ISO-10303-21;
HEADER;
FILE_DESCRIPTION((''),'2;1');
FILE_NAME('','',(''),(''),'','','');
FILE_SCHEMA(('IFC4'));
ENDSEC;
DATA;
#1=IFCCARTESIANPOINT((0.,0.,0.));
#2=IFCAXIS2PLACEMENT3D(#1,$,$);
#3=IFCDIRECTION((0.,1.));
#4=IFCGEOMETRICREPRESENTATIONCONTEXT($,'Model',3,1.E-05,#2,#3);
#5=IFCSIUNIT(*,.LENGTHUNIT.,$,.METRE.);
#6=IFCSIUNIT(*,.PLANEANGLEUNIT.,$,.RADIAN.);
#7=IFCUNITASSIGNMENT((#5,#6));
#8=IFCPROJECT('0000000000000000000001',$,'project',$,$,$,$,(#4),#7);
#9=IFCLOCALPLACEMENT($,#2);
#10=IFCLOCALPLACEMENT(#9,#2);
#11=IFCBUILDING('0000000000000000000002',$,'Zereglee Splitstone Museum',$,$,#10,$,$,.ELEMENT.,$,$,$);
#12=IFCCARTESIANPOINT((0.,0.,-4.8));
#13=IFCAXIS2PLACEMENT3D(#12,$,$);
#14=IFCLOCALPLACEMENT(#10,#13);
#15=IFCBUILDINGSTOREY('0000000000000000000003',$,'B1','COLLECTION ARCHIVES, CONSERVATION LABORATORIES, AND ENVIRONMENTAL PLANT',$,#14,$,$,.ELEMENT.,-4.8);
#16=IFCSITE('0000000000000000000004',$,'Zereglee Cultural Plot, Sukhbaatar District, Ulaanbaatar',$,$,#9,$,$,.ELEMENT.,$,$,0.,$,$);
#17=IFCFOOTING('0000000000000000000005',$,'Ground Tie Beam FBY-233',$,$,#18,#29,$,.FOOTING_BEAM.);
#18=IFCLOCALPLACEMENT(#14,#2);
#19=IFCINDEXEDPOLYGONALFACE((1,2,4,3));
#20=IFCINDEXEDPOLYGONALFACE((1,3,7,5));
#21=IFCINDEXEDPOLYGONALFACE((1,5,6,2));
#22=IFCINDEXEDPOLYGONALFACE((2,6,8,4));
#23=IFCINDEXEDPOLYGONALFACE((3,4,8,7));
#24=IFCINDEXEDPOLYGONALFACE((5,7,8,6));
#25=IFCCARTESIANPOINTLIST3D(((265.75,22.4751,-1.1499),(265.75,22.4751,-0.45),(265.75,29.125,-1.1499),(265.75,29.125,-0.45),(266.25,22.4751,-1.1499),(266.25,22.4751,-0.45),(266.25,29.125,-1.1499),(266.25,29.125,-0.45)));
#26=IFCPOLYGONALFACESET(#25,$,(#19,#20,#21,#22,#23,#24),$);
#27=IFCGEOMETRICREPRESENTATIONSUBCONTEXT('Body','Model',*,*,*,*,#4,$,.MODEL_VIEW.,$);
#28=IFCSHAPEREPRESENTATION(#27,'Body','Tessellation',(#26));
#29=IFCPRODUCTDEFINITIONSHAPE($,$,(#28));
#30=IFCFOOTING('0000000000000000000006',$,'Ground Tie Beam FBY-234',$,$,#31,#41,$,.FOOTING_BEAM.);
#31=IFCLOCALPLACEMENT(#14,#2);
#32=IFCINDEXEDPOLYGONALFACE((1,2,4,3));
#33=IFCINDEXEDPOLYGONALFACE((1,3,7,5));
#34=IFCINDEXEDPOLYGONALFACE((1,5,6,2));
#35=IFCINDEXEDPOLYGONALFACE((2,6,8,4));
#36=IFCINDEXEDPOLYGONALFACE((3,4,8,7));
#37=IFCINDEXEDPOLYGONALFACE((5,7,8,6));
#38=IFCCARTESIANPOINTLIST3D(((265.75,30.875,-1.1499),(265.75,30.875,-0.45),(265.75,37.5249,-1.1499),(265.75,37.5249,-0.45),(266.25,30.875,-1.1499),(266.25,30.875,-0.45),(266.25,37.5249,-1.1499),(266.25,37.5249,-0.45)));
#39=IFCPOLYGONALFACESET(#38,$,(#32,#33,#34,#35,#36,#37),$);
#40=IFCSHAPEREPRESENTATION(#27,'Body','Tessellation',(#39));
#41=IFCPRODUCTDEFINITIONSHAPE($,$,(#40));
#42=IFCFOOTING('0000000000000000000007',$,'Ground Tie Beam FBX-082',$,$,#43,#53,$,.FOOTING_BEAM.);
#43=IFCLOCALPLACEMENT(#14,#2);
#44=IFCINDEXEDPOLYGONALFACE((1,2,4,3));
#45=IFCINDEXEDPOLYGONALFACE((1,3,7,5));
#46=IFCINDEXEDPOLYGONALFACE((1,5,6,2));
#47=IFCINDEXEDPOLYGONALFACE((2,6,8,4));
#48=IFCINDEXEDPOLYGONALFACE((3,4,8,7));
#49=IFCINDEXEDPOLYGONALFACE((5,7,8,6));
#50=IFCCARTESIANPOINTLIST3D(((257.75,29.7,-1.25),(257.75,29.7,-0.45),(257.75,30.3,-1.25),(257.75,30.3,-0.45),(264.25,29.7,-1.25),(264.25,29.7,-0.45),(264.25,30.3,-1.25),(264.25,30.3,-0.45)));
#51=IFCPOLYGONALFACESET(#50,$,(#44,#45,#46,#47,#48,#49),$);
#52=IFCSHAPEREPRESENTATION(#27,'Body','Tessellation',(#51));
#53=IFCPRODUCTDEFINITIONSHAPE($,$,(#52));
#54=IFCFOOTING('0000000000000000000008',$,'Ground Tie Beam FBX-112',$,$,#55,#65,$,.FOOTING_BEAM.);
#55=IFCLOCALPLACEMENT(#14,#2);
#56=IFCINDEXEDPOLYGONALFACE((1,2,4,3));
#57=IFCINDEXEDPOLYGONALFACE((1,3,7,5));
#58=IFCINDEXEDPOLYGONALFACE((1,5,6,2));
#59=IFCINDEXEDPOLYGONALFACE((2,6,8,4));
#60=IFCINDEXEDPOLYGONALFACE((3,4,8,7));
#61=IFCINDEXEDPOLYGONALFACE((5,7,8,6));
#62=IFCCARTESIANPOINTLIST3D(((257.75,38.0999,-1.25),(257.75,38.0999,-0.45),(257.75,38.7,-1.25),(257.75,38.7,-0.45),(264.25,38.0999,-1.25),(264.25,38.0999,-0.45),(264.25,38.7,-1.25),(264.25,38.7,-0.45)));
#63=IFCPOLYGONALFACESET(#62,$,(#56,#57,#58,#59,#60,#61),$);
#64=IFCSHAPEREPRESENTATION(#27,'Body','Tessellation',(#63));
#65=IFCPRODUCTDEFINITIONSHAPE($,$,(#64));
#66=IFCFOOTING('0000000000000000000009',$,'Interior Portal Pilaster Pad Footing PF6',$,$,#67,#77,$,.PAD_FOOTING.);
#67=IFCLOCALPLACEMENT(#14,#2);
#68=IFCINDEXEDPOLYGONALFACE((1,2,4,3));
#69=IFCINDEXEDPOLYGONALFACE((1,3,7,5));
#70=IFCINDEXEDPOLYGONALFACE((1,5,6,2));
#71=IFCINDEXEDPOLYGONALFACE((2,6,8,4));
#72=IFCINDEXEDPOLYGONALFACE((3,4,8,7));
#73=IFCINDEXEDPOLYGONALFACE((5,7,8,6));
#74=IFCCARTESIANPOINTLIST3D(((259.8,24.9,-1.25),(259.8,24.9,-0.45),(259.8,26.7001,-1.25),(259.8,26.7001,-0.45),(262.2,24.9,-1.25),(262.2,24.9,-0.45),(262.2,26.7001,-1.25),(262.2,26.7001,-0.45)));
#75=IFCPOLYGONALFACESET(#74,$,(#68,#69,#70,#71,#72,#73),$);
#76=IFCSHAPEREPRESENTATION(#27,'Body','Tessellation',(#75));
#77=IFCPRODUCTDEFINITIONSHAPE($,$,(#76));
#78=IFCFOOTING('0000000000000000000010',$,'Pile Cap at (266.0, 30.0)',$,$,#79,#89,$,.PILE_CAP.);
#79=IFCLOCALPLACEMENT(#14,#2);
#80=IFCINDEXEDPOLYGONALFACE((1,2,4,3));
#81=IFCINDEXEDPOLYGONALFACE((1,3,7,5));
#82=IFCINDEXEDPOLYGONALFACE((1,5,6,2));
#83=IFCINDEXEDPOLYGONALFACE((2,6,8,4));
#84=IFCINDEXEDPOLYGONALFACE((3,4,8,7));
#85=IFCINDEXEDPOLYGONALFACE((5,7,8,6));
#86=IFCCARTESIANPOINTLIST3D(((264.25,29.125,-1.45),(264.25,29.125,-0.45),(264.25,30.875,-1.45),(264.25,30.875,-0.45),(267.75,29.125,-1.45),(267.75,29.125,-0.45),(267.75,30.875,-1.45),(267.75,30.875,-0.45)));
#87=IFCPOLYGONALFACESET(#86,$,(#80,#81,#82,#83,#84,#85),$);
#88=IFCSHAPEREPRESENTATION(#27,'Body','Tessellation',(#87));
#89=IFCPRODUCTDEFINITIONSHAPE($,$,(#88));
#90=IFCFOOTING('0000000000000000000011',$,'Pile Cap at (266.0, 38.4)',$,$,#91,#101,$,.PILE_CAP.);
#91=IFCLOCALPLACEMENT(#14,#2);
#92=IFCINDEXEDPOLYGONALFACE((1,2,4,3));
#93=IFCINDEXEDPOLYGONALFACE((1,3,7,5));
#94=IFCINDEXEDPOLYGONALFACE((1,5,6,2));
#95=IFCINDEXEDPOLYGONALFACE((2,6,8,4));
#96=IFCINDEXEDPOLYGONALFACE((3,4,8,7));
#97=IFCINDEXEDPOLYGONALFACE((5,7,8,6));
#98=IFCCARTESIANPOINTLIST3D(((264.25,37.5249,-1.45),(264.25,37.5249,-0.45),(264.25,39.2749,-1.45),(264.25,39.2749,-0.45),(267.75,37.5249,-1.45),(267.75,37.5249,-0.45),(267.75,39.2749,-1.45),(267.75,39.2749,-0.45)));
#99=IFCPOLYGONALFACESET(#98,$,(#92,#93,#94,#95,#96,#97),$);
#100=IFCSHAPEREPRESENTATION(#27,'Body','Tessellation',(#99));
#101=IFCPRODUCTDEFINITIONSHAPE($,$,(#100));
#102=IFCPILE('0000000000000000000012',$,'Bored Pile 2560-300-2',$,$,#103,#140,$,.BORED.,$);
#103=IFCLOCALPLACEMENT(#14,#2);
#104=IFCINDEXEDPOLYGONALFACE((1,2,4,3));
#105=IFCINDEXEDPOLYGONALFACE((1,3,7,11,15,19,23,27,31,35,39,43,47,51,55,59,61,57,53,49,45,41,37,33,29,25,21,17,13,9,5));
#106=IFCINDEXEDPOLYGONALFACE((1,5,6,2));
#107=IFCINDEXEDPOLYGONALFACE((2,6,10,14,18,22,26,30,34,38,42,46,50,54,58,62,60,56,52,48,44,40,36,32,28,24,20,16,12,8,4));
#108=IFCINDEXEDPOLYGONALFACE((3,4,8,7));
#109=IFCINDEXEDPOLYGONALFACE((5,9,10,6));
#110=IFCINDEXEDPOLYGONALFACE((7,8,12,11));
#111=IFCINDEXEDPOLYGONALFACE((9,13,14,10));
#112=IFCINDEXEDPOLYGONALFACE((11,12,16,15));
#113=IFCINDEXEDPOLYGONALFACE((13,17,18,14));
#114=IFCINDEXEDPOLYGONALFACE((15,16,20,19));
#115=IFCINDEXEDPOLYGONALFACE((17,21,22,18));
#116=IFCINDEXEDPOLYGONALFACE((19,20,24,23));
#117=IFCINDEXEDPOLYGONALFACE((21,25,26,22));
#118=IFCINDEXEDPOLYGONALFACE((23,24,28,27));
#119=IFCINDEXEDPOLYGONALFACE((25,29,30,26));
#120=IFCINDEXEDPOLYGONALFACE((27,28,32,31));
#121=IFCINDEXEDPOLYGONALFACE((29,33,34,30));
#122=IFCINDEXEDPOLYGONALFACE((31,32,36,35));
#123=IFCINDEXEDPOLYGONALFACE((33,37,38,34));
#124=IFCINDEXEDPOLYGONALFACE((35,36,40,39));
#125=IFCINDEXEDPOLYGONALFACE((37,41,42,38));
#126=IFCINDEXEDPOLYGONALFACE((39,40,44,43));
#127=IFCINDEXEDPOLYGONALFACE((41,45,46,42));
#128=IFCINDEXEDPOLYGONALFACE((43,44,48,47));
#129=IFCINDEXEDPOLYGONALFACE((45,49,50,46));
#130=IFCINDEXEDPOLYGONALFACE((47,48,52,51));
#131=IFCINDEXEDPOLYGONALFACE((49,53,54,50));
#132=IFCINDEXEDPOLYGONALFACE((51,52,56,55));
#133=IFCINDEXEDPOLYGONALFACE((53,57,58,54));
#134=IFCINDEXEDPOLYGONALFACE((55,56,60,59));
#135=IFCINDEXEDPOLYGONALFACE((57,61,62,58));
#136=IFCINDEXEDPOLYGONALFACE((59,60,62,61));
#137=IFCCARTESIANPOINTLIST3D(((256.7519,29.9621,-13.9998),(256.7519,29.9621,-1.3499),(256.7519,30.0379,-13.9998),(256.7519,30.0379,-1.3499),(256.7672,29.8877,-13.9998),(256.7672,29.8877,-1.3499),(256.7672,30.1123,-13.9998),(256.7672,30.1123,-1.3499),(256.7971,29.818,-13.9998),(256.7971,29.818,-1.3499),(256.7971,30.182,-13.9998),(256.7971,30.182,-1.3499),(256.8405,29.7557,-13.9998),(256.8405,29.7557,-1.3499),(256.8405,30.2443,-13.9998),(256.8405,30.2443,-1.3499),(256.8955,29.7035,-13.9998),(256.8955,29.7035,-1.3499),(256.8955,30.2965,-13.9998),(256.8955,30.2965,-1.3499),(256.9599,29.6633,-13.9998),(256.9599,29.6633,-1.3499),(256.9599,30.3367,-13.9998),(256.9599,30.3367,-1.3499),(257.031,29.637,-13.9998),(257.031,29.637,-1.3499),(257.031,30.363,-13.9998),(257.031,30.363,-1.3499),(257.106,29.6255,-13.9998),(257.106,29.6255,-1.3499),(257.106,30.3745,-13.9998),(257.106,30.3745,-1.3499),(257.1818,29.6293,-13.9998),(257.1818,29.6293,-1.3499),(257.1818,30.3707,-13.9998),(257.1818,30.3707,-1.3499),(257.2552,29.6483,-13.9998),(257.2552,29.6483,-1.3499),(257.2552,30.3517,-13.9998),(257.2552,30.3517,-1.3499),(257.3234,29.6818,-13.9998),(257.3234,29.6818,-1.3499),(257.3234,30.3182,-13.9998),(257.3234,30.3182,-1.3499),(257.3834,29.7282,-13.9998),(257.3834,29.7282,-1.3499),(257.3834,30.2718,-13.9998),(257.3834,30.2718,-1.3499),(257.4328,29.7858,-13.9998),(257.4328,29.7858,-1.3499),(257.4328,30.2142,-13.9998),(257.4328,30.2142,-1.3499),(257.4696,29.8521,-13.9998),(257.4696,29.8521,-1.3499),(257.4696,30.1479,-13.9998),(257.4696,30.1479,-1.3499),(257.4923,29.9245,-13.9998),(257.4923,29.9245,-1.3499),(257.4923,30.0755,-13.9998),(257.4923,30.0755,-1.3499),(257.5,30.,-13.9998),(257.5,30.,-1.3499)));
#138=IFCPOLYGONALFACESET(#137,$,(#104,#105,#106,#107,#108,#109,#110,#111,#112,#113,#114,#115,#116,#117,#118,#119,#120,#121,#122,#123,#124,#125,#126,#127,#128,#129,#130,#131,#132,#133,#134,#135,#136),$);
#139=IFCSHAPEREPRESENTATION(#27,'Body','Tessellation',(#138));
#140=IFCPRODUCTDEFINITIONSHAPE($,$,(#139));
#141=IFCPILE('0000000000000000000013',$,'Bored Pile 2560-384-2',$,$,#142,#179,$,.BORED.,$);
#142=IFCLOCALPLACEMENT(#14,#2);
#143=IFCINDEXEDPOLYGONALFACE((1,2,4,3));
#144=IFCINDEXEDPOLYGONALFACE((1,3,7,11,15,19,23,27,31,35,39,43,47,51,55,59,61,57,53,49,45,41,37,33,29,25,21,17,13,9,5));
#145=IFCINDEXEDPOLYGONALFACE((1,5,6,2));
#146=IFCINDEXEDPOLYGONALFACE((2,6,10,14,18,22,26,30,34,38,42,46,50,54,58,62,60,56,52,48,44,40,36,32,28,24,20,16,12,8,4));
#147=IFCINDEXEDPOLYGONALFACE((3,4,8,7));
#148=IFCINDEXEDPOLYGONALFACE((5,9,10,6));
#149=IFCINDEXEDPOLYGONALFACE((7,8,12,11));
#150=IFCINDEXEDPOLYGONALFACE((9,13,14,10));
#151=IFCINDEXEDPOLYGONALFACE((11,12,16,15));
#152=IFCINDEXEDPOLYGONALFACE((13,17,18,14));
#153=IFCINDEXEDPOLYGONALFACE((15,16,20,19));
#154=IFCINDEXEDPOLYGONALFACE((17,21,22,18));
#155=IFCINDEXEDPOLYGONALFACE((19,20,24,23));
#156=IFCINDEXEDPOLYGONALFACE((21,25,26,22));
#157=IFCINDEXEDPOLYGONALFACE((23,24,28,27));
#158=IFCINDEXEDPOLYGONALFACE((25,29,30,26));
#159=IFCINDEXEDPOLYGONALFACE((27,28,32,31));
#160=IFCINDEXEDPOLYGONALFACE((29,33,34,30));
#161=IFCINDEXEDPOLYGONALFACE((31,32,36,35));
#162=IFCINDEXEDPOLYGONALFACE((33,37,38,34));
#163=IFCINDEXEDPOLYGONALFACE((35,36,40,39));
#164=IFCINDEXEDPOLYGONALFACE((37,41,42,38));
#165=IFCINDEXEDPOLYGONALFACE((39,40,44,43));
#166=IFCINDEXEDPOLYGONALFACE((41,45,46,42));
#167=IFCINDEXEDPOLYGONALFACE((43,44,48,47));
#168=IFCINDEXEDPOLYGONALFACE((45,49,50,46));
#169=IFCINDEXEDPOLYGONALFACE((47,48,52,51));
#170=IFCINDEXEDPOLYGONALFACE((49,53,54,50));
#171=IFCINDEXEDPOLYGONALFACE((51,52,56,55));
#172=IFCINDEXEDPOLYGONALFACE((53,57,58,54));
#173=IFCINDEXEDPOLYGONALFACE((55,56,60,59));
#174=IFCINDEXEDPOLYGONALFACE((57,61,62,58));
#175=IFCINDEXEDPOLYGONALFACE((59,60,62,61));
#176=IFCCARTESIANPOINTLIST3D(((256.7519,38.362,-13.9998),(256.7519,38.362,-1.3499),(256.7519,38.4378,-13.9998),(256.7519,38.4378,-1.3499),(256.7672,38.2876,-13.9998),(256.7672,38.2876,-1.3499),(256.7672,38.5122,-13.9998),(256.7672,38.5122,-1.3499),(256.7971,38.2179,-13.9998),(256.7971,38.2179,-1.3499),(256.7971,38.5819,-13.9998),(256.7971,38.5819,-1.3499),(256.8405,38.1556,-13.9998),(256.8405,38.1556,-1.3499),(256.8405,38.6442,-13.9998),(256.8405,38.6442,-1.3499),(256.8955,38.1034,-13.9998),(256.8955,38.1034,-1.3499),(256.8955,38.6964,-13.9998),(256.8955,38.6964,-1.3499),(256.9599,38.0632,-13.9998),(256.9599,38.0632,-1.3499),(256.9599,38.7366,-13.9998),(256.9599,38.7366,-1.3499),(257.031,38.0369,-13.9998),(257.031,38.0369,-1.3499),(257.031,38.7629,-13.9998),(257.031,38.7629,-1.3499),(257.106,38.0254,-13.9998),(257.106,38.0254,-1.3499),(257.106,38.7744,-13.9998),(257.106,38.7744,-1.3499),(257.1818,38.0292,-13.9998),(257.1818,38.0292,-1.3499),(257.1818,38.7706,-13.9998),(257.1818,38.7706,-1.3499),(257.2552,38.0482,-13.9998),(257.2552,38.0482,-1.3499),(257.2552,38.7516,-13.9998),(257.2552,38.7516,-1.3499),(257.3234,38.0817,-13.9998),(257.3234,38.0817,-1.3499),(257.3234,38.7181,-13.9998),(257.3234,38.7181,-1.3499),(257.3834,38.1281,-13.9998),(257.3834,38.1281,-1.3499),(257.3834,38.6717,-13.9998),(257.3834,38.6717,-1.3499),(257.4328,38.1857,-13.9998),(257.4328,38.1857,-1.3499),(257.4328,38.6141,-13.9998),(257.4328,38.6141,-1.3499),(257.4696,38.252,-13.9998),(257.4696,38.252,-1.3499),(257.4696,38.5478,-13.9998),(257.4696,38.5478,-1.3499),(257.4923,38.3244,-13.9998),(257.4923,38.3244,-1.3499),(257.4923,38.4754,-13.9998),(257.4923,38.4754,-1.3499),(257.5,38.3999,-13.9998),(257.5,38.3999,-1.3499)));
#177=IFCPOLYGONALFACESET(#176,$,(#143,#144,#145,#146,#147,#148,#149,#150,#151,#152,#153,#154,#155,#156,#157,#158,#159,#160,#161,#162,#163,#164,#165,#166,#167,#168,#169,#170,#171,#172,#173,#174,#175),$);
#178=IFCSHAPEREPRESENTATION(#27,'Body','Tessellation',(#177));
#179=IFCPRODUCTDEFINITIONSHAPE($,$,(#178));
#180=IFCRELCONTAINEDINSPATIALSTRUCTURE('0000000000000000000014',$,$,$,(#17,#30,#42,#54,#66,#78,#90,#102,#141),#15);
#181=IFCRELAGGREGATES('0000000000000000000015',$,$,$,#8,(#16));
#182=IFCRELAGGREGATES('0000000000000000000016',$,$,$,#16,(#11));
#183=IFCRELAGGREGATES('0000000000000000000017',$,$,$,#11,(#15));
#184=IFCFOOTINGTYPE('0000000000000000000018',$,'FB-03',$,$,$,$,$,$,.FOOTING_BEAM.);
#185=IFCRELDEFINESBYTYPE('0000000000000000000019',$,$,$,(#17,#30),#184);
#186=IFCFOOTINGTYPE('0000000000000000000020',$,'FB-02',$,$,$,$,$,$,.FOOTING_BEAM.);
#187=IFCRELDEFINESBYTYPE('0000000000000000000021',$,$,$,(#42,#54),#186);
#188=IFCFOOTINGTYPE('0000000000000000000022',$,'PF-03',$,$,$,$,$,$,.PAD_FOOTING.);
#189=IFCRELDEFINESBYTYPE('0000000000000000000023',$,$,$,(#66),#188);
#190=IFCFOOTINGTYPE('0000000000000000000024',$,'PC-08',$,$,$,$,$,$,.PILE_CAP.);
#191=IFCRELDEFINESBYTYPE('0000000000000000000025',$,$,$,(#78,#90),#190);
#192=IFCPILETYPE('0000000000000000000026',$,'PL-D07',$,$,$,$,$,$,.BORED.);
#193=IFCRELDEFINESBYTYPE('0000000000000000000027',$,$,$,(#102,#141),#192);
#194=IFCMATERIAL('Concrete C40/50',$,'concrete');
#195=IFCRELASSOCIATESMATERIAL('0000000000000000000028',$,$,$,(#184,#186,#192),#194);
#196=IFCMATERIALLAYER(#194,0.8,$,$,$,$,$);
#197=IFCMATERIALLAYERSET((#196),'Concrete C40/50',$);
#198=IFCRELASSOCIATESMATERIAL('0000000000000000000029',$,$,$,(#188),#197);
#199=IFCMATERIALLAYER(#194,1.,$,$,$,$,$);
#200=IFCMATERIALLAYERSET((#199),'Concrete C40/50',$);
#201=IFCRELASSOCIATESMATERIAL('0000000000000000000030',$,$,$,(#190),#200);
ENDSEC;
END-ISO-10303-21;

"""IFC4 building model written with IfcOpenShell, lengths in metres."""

from ifc_helpers import new_model, si_unit, direction, frame, origin, origin_2d, place, context, subcontext, project, spatial, rectangle, circle, extrude, material, layer, layer_set, material_profile, profile_set, type_object, element, save


model = new_model("IFC4")

# Units and contexts
model_context = context("Model", 3, precision=1e-05, world=origin(), true_north=direction((0.0, 1.0)))
body_context = subcontext(model_context, "Body", "Model", "MODEL_VIEW")
ifc_project = project(units=[si_unit("LENGTHUNIT", "METRE"), si_unit("PLANEANGLEUNIT", "RADIAN")], contexts=[model_context])

# Site, building, storey
site_placement = place(None, origin())
site = spatial("IfcSite", under=ifc_project, at=site_placement, Name="Zereglee Cultural Plot, Sukhbaatar District, Ulaanbaatar", CompositionType="ELEMENT", RefElevation=0.0)
building_placement = place(site_placement, origin())
building = spatial("IfcBuilding", under=site, at=building_placement, Name="Zereglee Splitstone Museum", CompositionType="ELEMENT")
storey_placement = place(building_placement, frame((0.0, 0.0, -4.8)))
storey = spatial("IfcBuildingStorey", under=building, at=storey_placement, Name="B1", Description="COLLECTION ARCHIVES, CONSERVATION LABORATORIES, AND ENVIRONMENTAL PLANT", CompositionType="ELEMENT", Elevation=-4.8)

# Footings
ifc_material_1 = material(Name="Concrete C40/50", Category="concrete")
footing_type_1 = type_object("IfcFootingType", Name="FB-03", PredefinedType="FOOTING_BEAM", material=ifc_material_1)
for number, where, z_axis, x_axis, name in (
    (1, (266.0, 25.8, -1.1499), (0.0, 0.0, 1.0), (0.0, 1.0, 0.0), "Ground Tie Beam FBY-233"),
    (2, (266.0, 34.2, -1.1499), (0.0, 0.0, 1.0), (0.0, 1.0, 0.0), "Ground Tie Beam FBY-234"),
):
    element("IfcFooting", number, at=place(storey_placement, frame(where, z_axis=z_axis, x_axis=x_axis)), inside=storey, type_object=footing_type_1, Name=name, PredefinedType="FOOTING_BEAM", context=body_context, shape_type="SweptSolid", body=[
        extrude(rectangle(XDim=6.6499, YDim=0.5, at=origin_2d()), origin(), (0.0, 0.0, 1.0), 0.7),
    ])
footing_type_2 = type_object("IfcFootingType", Name="FB-02", PredefinedType="FOOTING_BEAM", material=ifc_material_1)
for number, where, z_axis, x_axis, name in (
    (3, (261.0, 30.0, -1.25), (0.0, 0.0, 1.0), (1.0, 0.0, 0.0), "Ground Tie Beam FBX-082"),
    (4, (261.0, 38.3999, -1.25), (0.0, 0.0, 1.0), (1.0, 0.0, 0.0), "Ground Tie Beam FBX-112"),
):
    element("IfcFooting", number, at=place(storey_placement, frame(where, z_axis=z_axis, x_axis=x_axis)), inside=storey, type_object=footing_type_2, Name=name, PredefinedType="FOOTING_BEAM", context=body_context, shape_type="SweptSolid", body=[
        extrude(rectangle(XDim=6.5, YDim=0.6001, at=origin_2d()), origin(), (0.0, 0.0, 1.0), 0.8),
    ])
ifc_layer_1 = layer(ifc_material_1, 0.8)
ifc_layer_set_1 = layer_set([ifc_layer_1], Name="Concrete C40/50")
footing_type_3 = type_object("IfcFootingType", Name="PF-03", PredefinedType="PAD_FOOTING", material=ifc_layer_set_1)
footing_placement = place(storey_placement, frame((261.0, 25.8, -1.25), z_axis=(0.0, 0.0, 1.0), x_axis=(1.0, 0.0, 0.0)))
element("IfcFooting", 5, at=footing_placement, inside=storey, type_object=footing_type_3, Name="Interior Portal Pilaster Pad Footing PF6", PredefinedType="PAD_FOOTING", context=body_context, shape_type="SweptSolid", body=[
    extrude(rectangle(XDim=2.3999, YDim=1.8, at=origin_2d()), origin(), (0.0, 0.0, 1.0), 0.8),
])
ifc_layer_2 = layer(ifc_material_1, 1.0)
ifc_layer_set_2 = layer_set([ifc_layer_2], Name="Concrete C40/50")
footing_type_4 = type_object("IfcFootingType", Name="PC-08", PredefinedType="PILE_CAP", material=ifc_layer_set_2)
for number, where, z_axis, x_axis, name in (
    (6, (266.0, 30.0, -1.45), (0.0, 0.0, 1.0), (1.0, 0.0, 0.0), "Pile Cap at (266.0, 30.0)"),
    (7, (266.0, 38.3999, -1.45), (0.0, 0.0, 1.0), (1.0, 0.0, 0.0), "Pile Cap at (266.0, 38.4)"),
):
    element("IfcFooting", number, at=place(storey_placement, frame(where, z_axis=z_axis, x_axis=x_axis)), inside=storey, type_object=footing_type_4, Name=name, PredefinedType="PILE_CAP", context=body_context, shape_type="SweptSolid", body=[
        extrude(rectangle(XDim=3.5, YDim=1.75, at=origin_2d()), origin(), (0.0, 0.0, 1.0), 1.0),
    ])

# Piles
ifc_material_profile_1 = material_profile(ifc_material_1, circle(Radius=0.375, at=origin_2d()), Name="PILE D750")
ifc_profile_set_1 = profile_set([ifc_material_profile_1], Name="Concrete C40/50")
pile_type = type_object("IfcPileType", Name="PL-D07", PredefinedType="BORED", material=ifc_profile_set_1)
for number, where, z_axis, x_axis, name in (
    (8, (257.125, 30.0, -1.3499), (0.0, 0.0, -1.0), (1.0, 0.0, 0.0), "Bored Pile 2560-300-2"),
    (9, (257.125, 38.3999, -1.3499), (0.0, 0.0, -1.0), (1.0, 0.0, 0.0), "Bored Pile 2560-384-2"),
):
    element("IfcPile", number, at=place(storey_placement, frame(where, z_axis=z_axis, x_axis=x_axis)), inside=storey, type_object=pile_type, Name=name, PredefinedType="BORED", context=body_context, shape_type="SweptSolid", body=[
        extrude(circle(Radius=0.375, at=origin_2d()), origin(), (0.0, 0.0, 1.0), 12.6499),
    ])

save(model, "model.ifc")
